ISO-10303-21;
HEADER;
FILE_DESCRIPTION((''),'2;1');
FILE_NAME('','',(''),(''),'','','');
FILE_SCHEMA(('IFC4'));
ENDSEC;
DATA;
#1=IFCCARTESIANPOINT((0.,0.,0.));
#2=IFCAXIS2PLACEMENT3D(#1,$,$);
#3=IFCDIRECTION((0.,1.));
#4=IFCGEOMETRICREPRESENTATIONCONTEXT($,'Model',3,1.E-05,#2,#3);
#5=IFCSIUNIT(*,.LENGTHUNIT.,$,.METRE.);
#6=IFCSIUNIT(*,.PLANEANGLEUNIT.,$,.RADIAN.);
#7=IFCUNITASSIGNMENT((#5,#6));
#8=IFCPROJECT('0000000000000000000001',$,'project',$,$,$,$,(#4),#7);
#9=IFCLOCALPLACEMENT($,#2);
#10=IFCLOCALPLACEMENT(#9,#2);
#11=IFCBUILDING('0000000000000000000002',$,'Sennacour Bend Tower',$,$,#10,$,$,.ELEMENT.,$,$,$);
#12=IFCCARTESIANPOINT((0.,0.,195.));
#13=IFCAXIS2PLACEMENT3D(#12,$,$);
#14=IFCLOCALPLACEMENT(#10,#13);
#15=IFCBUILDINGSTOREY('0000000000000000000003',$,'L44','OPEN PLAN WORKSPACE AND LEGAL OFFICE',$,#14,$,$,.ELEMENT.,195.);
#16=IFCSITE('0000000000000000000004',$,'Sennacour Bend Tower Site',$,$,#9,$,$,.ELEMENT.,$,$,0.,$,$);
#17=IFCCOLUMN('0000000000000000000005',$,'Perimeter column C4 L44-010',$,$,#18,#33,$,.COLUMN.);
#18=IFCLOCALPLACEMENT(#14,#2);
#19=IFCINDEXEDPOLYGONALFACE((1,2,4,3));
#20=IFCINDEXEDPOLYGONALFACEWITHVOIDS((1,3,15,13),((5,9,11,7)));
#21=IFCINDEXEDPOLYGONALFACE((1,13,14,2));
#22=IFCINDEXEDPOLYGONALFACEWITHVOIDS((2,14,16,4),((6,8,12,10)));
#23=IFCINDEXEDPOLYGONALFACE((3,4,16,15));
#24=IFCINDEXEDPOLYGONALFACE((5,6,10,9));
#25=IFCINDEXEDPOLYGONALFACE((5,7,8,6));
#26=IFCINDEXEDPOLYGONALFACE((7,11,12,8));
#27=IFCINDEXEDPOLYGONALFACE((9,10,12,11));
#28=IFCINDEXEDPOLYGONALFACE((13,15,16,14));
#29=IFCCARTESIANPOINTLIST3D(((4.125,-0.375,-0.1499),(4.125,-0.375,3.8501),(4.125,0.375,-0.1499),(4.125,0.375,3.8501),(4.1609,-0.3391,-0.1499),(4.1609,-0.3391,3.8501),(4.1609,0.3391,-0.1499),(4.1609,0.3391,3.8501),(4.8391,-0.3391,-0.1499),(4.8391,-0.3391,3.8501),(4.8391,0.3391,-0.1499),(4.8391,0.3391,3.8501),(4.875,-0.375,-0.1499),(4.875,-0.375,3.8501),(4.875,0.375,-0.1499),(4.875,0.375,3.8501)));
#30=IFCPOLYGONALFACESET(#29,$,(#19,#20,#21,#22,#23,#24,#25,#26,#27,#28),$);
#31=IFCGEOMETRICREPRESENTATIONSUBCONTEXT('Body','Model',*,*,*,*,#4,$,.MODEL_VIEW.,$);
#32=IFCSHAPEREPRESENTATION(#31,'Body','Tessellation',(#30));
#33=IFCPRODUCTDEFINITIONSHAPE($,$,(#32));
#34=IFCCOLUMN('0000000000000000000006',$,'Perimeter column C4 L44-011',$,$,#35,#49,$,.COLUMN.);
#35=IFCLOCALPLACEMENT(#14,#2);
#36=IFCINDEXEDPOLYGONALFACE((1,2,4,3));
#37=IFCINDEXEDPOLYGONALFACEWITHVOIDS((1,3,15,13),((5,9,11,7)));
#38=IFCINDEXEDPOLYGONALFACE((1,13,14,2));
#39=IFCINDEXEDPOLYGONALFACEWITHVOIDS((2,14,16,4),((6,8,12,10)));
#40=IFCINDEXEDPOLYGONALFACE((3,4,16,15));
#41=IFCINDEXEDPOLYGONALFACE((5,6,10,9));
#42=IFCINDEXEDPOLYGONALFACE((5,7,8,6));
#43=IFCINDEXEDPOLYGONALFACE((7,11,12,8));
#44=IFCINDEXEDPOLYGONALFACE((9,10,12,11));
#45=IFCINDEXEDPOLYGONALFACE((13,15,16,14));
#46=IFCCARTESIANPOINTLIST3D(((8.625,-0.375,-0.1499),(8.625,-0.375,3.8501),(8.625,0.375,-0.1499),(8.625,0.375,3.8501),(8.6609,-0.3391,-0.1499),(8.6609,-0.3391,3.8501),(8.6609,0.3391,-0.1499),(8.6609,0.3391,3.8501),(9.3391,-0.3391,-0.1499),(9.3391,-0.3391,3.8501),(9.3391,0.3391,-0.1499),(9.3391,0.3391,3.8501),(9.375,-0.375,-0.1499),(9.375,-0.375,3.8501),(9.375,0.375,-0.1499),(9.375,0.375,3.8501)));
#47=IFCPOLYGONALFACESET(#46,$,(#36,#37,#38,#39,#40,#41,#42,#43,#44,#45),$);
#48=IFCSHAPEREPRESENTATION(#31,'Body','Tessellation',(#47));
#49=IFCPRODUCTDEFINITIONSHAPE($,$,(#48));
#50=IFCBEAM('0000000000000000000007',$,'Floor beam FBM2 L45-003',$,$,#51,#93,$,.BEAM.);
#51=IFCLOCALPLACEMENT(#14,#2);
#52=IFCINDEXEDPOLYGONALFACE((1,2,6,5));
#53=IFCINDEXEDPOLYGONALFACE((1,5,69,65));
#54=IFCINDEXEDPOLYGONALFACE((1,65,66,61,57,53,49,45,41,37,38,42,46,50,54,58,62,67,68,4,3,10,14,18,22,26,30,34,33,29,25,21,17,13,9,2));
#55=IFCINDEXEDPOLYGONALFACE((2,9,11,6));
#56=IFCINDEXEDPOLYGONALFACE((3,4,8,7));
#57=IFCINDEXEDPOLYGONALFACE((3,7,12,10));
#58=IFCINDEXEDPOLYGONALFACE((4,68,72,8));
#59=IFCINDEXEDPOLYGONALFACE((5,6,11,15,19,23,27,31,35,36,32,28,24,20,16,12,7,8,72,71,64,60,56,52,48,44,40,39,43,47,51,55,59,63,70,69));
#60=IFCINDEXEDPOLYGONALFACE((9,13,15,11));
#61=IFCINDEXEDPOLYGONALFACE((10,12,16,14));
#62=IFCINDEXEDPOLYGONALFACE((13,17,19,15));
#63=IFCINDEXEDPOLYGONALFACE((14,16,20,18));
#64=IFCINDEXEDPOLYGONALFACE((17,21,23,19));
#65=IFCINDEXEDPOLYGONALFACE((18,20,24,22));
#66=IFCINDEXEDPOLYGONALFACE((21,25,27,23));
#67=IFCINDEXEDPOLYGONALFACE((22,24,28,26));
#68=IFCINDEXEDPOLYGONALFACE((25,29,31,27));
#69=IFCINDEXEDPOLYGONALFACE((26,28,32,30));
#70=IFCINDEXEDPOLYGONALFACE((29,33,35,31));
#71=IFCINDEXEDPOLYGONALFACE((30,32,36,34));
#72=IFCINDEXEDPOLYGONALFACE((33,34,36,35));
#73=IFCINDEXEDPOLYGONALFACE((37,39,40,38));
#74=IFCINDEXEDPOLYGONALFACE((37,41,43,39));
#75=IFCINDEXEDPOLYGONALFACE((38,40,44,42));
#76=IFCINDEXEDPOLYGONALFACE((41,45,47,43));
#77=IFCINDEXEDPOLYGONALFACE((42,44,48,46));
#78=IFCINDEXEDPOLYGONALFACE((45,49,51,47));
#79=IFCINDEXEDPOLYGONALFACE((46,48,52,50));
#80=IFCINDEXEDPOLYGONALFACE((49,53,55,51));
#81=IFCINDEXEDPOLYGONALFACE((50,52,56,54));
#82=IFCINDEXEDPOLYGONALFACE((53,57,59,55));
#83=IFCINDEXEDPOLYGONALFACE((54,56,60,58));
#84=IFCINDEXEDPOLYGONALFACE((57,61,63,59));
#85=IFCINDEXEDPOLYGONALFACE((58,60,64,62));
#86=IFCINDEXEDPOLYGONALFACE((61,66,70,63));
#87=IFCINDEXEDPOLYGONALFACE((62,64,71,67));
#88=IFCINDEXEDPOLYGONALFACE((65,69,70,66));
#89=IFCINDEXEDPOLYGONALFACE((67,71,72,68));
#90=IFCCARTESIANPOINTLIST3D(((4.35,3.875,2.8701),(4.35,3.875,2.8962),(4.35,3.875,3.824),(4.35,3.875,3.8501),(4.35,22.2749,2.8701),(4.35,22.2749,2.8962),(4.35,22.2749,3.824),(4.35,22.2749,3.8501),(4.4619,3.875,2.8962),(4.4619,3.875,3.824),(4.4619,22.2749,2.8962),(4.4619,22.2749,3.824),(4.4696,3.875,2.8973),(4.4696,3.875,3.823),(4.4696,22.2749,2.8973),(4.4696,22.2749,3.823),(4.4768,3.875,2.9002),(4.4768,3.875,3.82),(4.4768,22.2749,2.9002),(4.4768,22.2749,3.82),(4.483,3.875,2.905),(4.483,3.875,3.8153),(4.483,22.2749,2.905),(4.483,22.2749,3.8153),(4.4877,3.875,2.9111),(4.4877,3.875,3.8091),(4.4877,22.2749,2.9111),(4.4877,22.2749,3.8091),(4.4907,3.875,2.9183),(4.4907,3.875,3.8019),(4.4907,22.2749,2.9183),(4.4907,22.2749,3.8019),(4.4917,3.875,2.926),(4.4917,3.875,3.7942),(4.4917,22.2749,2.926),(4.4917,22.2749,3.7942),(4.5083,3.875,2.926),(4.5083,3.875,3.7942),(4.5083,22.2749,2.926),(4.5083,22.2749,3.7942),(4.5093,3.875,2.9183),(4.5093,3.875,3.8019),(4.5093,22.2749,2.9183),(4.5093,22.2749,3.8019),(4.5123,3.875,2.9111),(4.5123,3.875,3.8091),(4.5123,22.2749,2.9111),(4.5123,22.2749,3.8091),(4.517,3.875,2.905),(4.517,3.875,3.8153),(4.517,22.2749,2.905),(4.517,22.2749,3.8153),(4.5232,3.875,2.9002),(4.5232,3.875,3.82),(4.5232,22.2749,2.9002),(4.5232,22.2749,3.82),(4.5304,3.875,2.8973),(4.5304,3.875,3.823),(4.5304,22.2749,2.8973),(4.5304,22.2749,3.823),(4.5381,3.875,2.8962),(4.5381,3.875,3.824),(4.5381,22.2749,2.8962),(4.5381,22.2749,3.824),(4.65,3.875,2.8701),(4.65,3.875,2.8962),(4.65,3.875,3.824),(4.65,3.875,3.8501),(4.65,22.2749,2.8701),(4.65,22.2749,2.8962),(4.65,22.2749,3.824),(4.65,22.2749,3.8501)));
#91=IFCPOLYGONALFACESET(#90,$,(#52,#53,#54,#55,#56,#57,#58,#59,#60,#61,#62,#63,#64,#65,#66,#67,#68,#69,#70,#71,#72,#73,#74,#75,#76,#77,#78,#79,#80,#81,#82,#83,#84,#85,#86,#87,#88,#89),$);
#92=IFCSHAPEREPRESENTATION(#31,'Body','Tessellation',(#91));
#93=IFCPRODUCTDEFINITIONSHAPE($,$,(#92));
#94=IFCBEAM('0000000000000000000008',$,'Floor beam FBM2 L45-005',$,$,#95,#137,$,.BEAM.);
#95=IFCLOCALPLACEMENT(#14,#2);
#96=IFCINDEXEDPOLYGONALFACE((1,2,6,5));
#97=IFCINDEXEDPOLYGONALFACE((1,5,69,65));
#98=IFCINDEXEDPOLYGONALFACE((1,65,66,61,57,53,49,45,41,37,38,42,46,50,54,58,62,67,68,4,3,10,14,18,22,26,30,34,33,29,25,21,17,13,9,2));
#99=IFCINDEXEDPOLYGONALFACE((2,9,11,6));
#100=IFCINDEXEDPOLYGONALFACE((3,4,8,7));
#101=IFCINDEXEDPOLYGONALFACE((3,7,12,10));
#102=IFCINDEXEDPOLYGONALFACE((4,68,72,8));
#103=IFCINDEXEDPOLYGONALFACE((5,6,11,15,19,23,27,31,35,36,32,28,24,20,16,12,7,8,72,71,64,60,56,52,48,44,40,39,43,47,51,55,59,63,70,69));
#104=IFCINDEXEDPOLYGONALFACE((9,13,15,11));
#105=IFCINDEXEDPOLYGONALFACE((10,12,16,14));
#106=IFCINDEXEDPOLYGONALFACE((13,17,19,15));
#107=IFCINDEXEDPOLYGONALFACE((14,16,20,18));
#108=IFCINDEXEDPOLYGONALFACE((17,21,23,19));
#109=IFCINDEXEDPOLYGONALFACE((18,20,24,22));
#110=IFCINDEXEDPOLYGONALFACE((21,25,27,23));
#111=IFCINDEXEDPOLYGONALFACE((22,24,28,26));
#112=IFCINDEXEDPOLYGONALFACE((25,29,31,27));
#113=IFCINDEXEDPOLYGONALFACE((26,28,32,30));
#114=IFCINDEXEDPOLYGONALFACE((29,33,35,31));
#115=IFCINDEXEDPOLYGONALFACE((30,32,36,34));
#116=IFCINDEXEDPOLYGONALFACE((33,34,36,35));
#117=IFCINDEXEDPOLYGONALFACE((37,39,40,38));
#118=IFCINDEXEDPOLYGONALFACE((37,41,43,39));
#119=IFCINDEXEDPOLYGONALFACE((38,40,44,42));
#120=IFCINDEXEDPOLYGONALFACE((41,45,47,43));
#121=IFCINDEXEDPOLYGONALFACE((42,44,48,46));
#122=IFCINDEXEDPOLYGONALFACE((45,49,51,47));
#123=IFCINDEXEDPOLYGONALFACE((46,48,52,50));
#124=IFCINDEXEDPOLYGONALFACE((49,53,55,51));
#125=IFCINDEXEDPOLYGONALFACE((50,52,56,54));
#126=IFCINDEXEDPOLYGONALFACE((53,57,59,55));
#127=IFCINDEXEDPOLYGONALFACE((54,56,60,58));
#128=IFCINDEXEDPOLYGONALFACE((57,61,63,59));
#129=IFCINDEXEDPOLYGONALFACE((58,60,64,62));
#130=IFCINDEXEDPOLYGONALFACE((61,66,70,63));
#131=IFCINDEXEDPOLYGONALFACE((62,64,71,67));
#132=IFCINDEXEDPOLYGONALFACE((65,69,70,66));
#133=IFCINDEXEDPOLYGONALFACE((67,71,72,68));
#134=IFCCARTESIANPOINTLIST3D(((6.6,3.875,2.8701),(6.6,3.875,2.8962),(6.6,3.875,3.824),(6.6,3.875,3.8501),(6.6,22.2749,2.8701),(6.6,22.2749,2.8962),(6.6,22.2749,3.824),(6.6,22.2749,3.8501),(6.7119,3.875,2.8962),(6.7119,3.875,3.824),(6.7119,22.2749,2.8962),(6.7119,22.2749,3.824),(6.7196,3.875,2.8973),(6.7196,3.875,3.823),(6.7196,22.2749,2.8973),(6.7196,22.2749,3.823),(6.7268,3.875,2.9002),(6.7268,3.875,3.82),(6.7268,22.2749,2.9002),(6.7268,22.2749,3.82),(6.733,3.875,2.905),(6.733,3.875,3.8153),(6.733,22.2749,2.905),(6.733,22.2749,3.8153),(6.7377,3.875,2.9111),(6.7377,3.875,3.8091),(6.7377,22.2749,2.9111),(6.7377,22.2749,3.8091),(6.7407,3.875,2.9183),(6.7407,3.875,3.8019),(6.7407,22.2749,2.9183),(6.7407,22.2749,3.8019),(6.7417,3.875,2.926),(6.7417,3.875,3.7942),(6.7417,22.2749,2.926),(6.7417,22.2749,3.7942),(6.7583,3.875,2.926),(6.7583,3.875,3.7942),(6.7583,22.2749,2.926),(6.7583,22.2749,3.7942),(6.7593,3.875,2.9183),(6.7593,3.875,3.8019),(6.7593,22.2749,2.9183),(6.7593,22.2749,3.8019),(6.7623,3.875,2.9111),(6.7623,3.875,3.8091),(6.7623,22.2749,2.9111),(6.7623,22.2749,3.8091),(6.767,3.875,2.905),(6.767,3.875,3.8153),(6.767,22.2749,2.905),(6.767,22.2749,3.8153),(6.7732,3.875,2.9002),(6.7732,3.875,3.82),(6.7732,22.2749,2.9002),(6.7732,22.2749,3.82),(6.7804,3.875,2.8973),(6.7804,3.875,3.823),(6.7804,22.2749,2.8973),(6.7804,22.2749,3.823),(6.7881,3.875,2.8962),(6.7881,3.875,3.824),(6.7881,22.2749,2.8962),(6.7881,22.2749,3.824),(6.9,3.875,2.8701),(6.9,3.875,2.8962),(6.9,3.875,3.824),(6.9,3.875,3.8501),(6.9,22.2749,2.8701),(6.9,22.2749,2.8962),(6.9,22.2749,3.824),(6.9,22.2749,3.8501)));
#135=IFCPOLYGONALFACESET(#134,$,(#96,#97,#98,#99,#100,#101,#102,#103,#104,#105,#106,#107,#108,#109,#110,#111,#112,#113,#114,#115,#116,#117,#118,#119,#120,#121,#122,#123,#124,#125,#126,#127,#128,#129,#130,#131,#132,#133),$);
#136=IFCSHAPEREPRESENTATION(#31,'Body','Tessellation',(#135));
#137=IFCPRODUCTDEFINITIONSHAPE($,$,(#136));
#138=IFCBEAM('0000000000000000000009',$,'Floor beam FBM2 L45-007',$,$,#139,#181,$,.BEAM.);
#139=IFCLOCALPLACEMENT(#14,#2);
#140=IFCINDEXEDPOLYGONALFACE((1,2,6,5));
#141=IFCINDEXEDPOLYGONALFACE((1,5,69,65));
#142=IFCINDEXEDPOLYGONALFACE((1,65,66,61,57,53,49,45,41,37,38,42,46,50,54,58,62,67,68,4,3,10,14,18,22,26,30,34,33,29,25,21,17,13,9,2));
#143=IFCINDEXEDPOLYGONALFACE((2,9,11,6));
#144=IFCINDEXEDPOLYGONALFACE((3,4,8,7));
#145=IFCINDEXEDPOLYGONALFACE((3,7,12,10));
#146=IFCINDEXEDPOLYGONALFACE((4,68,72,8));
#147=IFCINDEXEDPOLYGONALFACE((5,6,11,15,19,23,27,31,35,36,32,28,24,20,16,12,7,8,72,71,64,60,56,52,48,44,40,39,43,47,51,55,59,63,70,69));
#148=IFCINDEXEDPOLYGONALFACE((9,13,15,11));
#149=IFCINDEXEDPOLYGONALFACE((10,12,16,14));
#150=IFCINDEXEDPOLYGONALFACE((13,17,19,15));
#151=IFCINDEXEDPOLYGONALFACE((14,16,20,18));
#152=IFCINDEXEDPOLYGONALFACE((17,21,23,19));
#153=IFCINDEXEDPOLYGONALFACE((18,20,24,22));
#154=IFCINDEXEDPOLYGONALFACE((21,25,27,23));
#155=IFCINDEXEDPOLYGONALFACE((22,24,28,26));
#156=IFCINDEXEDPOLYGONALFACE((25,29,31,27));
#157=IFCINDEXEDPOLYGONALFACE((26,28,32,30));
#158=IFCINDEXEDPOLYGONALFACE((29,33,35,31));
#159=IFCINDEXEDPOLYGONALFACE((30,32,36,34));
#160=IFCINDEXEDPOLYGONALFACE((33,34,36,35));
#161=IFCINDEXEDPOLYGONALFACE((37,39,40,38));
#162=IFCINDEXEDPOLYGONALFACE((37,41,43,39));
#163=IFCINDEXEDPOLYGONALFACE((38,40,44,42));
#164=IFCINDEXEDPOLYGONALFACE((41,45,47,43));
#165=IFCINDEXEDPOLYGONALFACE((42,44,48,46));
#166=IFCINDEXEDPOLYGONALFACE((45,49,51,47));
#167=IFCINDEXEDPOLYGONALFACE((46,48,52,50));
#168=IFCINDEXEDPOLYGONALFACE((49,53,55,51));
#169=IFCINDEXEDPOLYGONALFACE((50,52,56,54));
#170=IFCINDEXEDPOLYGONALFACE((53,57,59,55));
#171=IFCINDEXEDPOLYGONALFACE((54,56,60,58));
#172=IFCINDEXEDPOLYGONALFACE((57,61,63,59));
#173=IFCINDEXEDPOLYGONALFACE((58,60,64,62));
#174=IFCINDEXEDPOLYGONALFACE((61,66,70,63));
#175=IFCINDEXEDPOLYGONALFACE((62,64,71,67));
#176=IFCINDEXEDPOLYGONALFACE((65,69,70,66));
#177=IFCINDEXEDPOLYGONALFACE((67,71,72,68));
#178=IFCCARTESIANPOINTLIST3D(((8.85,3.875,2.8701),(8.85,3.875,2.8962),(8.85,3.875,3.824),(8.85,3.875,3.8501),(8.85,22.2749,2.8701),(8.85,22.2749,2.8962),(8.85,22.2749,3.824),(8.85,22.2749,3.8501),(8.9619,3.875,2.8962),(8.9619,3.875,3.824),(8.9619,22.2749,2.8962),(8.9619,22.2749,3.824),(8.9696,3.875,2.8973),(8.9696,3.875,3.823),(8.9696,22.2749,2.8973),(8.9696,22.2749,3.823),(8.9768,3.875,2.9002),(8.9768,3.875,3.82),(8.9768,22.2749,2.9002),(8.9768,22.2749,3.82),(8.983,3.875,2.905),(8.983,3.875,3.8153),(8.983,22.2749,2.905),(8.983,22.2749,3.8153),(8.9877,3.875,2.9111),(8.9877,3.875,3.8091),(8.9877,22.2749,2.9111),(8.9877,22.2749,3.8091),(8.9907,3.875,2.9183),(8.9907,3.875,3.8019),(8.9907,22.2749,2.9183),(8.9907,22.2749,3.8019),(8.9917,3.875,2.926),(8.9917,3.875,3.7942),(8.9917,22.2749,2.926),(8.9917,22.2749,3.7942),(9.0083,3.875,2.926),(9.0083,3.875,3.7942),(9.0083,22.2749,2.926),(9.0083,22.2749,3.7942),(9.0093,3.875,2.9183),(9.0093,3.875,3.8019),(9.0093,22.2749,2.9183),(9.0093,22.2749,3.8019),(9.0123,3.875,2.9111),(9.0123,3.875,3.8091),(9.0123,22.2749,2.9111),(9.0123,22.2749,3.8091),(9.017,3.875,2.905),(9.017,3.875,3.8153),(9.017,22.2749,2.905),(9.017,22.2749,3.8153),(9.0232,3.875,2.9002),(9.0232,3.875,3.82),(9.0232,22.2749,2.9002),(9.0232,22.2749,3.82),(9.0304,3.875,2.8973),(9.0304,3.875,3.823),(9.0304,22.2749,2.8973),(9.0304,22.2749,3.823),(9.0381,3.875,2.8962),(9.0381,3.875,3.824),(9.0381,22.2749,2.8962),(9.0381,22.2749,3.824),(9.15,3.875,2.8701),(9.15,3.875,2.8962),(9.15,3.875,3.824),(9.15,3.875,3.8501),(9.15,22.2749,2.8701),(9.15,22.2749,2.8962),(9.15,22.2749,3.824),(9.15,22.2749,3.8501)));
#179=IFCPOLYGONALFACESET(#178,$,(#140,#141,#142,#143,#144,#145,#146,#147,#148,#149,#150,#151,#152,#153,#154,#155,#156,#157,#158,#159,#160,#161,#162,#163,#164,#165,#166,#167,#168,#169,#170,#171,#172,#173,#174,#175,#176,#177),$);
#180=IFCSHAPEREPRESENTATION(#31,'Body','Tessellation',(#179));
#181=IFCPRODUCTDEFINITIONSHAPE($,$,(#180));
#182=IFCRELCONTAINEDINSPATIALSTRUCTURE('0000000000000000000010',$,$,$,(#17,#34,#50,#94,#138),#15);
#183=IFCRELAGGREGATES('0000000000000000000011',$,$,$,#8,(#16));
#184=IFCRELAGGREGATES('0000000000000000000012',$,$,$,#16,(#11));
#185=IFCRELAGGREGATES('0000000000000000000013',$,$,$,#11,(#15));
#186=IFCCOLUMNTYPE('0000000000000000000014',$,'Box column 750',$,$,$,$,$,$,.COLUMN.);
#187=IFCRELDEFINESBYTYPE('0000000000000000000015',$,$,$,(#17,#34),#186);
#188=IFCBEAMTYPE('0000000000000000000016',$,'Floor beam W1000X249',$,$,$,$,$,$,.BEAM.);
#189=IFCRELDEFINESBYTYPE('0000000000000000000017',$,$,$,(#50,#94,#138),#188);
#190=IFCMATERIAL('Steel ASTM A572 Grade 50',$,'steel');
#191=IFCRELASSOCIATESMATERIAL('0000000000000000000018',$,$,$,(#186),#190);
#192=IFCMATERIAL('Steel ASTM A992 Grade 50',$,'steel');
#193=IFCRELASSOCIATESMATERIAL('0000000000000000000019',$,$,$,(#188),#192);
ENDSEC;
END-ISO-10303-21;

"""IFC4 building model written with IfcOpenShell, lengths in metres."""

from ifc_helpers import new_model, si_unit, direction, frame, origin, origin_2d, place, context, subcontext, project, spatial, hollow_rectangle, i_section, extrude, material, material_profile, profile_set, type_object, element, save


model = new_model("IFC4")

# Units and contexts
model_context = context("Model", 3, precision=1e-05, world=origin(), true_north=direction((0.0, 1.0)))
body_context = subcontext(model_context, "Body", "Model", "MODEL_VIEW")
ifc_project = project(units=[si_unit("LENGTHUNIT", "METRE"), si_unit("PLANEANGLEUNIT", "RADIAN")], contexts=[model_context])

# Site, building, storey
site_placement = place(None, origin())
site = spatial("IfcSite", under=ifc_project, at=site_placement, Name="Sennacour Bend Tower Site", CompositionType="ELEMENT", RefElevation=0.0)
building_placement = place(site_placement, origin())
building = spatial("IfcBuilding", under=site, at=building_placement, Name="Sennacour Bend Tower", CompositionType="ELEMENT")
storey_placement = place(building_placement, frame((0.0, 0.0, 195.0)))
storey = spatial("IfcBuildingStorey", under=building, at=storey_placement, Name="L44", Description="OPEN PLAN WORKSPACE AND LEGAL OFFICE", CompositionType="ELEMENT", Elevation=195.0)

# Columns
ifc_material_1 = material(Name="Steel ASTM A572 Grade 50", Category="steel")
ifc_material_profile_1 = material_profile(ifc_material_1, hollow_rectangle(XDim=0.75, YDim=0.75, WallThickness=0.0359, at=origin_2d()), Name="Steel ASTM A572 Grade 50", Category="steel")
ifc_profile_set_1 = profile_set([ifc_material_profile_1], Name="Steel ASTM A572 Grade 50")
column_type = type_object("IfcColumnType", Name="Box column 750", PredefinedType="COLUMN", material=ifc_profile_set_1)
for number, where, z_axis, x_axis, name in (
    (1, (4.5, 0.0, -0.1499), (0.0, 0.0, 1.0), (1.0, 0.0, 0.0), "Perimeter column C4 L44-010"),
    (2, (9.0, 0.0, -0.1499), (0.0, 0.0, 1.0), (1.0, 0.0, 0.0), "Perimeter column C4 L44-011"),
):
    element("IfcColumn", number, at=place(storey_placement, frame(where, z_axis=z_axis, x_axis=x_axis)), inside=storey, type_object=column_type, Name=name, PredefinedType="COLUMN", context=body_context, shape_type="SweptSolid", body=[
        extrude(hollow_rectangle(XDim=0.75, YDim=0.75, WallThickness=0.0359, at=origin_2d()), origin(), (0.0, 0.0, 1.0), 4.0),
    ])

# Beams
ifc_material_2 = material(Name="Steel ASTM A992 Grade 50", Category="steel")
ifc_material_profile_2 = material_profile(ifc_material_2, i_section(OverallWidth=0.3, OverallDepth=0.98, WebThickness=0.0166, FlangeThickness=0.0261, FilletRadius=0.0298, at=origin_2d()), Name="Steel ASTM A992 Grade 50", Category="steel")
ifc_profile_set_2 = profile_set([ifc_material_profile_2], Name="Steel ASTM A992 Grade 50")
beam_type_1 = type_object("IfcBeamType", Name="Floor beam W1000X249", PredefinedType="BEAM", material=ifc_profile_set_2)
for number, where, z_axis, x_axis, name in (
    (3, (4.5, 3.875, 3.3601), (0.0, 1.0, 0.0), (-1.0, 0.0, 0.0), "Floor beam FBM2 L45-003"),
    (4, (6.75, 3.875, 3.3601), (0.0, 1.0, 0.0), (-1.0, 0.0, 0.0), "Floor beam FBM2 L45-005"),
    (5, (9.0, 3.875, 3.3601), (0.0, 1.0, 0.0), (-1.0, 0.0, 0.0), "Floor beam FBM2 L45-007"),
):
    element("IfcBeam", number, at=place(storey_placement, frame(where, z_axis=z_axis, x_axis=x_axis)), inside=storey, type_object=beam_type_1, Name=name, PredefinedType="BEAM", context=body_context, shape_type="SweptSolid", body=[
        extrude(i_section(OverallWidth=0.3, OverallDepth=0.98, WebThickness=0.0166, FlangeThickness=0.0261, FilletRadius=0.0298, at=origin_2d()), origin(), (0.0, 0.0, 1.0), 18.3999),
    ])

save(model, "model.ifc")
